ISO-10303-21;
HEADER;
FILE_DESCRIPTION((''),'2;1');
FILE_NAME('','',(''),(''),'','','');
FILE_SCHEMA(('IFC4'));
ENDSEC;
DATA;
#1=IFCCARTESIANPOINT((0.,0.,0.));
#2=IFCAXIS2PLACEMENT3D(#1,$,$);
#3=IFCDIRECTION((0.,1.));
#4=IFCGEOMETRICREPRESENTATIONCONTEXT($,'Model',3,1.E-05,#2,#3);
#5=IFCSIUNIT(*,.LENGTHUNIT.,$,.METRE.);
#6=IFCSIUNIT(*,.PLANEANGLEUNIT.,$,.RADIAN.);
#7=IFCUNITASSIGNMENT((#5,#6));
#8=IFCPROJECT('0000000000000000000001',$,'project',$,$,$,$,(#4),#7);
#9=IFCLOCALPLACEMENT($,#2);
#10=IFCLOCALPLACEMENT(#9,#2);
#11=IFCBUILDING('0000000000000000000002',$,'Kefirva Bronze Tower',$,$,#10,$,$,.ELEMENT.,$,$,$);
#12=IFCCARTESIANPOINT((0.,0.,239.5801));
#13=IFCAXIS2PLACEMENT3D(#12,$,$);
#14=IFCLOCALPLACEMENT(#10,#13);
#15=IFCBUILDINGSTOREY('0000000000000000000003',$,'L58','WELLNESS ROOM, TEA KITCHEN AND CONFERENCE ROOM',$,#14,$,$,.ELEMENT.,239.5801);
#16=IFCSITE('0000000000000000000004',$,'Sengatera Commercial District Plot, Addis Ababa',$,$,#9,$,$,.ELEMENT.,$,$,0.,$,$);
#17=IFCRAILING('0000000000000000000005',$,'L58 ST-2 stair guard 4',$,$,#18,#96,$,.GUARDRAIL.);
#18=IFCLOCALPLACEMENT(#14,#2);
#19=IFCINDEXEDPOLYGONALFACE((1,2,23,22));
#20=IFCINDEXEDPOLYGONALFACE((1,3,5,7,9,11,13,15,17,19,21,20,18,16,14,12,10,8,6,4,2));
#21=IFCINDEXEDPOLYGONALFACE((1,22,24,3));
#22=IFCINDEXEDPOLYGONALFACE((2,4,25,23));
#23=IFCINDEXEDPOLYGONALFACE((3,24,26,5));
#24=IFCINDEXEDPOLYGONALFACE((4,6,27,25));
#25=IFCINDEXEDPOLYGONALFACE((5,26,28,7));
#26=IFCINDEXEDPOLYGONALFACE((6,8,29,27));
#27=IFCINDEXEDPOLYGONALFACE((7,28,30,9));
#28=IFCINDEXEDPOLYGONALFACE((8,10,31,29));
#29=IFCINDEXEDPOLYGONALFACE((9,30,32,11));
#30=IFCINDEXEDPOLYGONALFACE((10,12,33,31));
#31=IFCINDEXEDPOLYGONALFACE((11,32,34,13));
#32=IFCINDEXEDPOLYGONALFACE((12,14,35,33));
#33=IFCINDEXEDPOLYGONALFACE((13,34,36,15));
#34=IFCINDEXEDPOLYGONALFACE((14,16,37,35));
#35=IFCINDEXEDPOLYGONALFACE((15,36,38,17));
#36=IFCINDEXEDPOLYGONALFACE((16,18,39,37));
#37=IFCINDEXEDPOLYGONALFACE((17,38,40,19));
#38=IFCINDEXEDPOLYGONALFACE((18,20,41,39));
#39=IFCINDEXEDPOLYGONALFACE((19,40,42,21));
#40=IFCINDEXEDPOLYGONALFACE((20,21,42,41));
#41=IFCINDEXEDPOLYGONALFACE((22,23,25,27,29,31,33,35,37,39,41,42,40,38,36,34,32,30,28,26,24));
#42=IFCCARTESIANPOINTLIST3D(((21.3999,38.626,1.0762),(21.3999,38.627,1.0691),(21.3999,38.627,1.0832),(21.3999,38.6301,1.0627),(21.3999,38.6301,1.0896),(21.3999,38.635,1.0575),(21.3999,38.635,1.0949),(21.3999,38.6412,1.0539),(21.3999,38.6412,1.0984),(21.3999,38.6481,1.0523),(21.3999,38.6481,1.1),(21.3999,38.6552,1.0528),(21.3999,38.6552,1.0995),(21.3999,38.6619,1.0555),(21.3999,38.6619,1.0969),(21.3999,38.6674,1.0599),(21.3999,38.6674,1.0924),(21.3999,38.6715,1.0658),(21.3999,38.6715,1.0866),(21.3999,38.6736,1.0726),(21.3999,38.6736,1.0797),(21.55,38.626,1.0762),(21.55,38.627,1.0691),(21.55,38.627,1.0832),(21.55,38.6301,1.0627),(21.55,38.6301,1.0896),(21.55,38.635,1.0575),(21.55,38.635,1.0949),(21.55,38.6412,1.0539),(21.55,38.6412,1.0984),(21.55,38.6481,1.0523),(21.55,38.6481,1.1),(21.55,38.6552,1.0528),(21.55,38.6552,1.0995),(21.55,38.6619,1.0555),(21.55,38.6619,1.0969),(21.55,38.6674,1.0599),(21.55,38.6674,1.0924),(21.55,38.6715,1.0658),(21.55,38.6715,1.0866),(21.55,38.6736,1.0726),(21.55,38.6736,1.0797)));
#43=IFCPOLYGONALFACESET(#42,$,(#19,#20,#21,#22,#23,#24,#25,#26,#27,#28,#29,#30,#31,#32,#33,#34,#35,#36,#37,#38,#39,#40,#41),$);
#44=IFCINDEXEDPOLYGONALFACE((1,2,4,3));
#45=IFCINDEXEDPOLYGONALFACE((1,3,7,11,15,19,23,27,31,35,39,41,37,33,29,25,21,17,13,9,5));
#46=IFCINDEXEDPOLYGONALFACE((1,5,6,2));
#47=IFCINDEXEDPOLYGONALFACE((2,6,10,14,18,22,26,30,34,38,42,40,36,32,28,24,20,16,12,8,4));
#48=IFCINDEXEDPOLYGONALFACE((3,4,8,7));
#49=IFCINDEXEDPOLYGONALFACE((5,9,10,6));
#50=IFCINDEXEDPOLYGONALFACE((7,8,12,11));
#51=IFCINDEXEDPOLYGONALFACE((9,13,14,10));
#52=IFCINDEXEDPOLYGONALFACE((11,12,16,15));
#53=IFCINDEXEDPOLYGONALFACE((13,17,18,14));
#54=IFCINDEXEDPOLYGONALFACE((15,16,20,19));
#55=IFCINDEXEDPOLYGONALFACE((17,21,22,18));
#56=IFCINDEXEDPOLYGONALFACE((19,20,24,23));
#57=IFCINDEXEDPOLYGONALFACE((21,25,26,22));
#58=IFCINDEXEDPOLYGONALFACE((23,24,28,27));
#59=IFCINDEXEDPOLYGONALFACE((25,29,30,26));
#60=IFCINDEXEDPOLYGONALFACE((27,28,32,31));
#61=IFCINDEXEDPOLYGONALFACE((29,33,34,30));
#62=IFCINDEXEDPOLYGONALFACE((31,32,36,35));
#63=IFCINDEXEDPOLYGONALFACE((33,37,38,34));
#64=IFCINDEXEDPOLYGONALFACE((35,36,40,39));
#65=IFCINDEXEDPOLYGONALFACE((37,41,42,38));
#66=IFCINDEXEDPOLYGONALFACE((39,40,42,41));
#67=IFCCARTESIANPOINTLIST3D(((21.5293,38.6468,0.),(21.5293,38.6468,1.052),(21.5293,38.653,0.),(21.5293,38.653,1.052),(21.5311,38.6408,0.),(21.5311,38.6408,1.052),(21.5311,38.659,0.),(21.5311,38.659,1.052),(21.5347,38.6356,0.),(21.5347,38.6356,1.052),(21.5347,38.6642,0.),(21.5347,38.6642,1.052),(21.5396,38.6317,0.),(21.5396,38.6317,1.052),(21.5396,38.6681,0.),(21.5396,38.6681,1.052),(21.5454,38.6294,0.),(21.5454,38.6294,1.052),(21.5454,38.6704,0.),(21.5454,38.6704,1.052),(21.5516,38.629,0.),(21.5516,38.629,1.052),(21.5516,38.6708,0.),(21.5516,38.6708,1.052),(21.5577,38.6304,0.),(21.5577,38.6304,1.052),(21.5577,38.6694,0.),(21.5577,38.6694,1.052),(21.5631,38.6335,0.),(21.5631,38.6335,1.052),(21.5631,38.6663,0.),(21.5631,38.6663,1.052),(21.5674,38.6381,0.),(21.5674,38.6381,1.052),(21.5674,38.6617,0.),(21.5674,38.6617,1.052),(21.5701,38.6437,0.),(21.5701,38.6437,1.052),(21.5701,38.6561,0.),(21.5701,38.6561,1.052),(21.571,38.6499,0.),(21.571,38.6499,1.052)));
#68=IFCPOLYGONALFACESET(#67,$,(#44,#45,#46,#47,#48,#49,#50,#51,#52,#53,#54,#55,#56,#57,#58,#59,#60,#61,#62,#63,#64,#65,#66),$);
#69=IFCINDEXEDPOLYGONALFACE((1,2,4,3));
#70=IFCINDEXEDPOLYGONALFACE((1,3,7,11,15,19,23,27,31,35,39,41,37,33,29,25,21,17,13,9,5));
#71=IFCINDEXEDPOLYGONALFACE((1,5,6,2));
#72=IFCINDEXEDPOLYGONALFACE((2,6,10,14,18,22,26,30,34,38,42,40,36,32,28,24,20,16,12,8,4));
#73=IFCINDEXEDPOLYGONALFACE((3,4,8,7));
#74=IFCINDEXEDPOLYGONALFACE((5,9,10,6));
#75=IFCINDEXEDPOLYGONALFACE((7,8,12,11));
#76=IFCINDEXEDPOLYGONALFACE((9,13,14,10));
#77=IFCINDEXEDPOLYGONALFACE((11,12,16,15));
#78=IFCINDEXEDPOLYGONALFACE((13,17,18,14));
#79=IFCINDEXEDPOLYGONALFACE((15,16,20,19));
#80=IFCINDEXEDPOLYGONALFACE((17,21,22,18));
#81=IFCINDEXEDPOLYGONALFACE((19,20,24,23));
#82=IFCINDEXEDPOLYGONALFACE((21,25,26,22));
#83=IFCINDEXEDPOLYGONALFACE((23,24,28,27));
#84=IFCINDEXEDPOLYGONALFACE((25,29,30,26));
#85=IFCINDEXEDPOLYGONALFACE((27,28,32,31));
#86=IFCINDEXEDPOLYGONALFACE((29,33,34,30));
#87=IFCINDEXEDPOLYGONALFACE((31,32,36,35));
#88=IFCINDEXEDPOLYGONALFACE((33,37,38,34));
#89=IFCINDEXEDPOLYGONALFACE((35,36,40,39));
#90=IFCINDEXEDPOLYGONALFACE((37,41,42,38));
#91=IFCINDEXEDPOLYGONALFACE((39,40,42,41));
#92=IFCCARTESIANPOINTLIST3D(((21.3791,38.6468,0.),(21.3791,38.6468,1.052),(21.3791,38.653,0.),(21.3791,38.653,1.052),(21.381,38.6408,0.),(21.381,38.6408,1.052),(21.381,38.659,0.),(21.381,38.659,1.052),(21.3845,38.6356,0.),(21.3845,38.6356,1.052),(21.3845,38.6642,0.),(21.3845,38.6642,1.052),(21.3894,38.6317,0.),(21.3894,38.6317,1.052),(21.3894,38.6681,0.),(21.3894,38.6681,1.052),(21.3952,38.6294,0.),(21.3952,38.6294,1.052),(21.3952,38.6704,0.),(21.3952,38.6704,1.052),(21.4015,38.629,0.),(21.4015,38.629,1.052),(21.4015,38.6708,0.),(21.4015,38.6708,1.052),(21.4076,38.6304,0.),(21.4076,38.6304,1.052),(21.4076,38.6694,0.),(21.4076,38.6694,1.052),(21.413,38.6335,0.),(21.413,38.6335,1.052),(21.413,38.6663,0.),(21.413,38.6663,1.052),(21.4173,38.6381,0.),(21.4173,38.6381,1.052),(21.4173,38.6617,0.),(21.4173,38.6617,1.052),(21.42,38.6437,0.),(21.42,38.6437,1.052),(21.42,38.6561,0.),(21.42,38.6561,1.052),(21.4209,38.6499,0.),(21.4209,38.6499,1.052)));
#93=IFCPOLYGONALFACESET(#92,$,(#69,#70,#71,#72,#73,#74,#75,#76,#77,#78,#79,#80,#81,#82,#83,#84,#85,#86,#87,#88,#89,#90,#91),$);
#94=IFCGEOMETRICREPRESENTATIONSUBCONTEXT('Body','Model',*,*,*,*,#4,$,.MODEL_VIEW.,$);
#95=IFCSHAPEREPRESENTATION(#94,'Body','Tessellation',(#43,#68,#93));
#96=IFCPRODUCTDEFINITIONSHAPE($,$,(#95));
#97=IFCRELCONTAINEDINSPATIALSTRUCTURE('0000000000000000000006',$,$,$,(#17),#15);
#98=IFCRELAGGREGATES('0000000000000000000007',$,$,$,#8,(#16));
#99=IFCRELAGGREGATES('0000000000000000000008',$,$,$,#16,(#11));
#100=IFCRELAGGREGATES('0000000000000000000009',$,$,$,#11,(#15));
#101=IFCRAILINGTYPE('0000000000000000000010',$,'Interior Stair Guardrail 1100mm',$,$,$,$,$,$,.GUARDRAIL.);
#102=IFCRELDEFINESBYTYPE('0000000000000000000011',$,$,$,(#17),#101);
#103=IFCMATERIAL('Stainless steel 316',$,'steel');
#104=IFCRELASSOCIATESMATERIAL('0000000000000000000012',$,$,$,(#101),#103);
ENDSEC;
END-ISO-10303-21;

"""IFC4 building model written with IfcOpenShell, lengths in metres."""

from ifc_helpers import new_model, si_unit, direction, frame, origin, origin_2d, place, context, subcontext, project, spatial, circle, extrude, material, type_object, element, save


model = new_model("IFC4")

# Units and contexts
model_context = context("Model", 3, precision=1e-05, world=origin(), true_north=direction((0.0, 1.0)))
body_context = subcontext(model_context, "Body", "Model", "MODEL_VIEW")
ifc_project = project(units=[si_unit("LENGTHUNIT", "METRE"), si_unit("PLANEANGLEUNIT", "RADIAN")], contexts=[model_context])

# Site, building, storey
site_placement = place(None, origin())
site = spatial("IfcSite", under=ifc_project, at=site_placement, Name="Sengatera Commercial District Plot, Addis Ababa", CompositionType="ELEMENT", RefElevation=0.0)
building_placement = place(site_placement, origin())
building = spatial("IfcBuilding", under=site, at=building_placement, Name="Kefirva Bronze Tower", CompositionType="ELEMENT")
storey_placement = place(building_placement, frame((0.0, 0.0, 239.5801)))
storey = spatial("IfcBuildingStorey", under=building, at=storey_placement, Name="L58", Description="WELLNESS ROOM, TEA KITCHEN AND CONFERENCE ROOM", CompositionType="ELEMENT", Elevation=239.5801)

# Shared definitions
ifc_material_1 = material(Name="Stainless steel 316", Category="steel")

# Railing
railing_type_1 = type_object("IfcRailingType", Name="Interior Stair Guardrail 1100mm", PredefinedType="GUARDRAIL", material=ifc_material_1)
railing_1_placement = place(storey_placement, frame((21.55, 38.6499, 0.0)))
element("IfcRailing", 1, at=railing_1_placement, inside=storey, type_object=railing_type_1, Name="L58 ST-2 stair guard 4", PredefinedType="GUARDRAIL", context=body_context, shape_type="SweptSolid", body=[
    extrude(circle(Radius=0.0239, at=origin_2d()), frame((0.0, 0.0, 1.0762), z_axis=(-1.0, 0.0, 0.0), x_axis=(0.0, -1.0, 0.0)), (0.0, 0.0, 1.0), 0.1501),
    extrude(circle(Radius=0.021, at=origin_2d()), origin(), (0.0, 0.0, 1.0), 1.052),
    extrude(circle(Radius=0.021, at=origin_2d()), frame((-0.1501, 0.0, 0.0)), (0.0, 0.0, 1.0), 1.052),
])

save(model, "model.ifc")
